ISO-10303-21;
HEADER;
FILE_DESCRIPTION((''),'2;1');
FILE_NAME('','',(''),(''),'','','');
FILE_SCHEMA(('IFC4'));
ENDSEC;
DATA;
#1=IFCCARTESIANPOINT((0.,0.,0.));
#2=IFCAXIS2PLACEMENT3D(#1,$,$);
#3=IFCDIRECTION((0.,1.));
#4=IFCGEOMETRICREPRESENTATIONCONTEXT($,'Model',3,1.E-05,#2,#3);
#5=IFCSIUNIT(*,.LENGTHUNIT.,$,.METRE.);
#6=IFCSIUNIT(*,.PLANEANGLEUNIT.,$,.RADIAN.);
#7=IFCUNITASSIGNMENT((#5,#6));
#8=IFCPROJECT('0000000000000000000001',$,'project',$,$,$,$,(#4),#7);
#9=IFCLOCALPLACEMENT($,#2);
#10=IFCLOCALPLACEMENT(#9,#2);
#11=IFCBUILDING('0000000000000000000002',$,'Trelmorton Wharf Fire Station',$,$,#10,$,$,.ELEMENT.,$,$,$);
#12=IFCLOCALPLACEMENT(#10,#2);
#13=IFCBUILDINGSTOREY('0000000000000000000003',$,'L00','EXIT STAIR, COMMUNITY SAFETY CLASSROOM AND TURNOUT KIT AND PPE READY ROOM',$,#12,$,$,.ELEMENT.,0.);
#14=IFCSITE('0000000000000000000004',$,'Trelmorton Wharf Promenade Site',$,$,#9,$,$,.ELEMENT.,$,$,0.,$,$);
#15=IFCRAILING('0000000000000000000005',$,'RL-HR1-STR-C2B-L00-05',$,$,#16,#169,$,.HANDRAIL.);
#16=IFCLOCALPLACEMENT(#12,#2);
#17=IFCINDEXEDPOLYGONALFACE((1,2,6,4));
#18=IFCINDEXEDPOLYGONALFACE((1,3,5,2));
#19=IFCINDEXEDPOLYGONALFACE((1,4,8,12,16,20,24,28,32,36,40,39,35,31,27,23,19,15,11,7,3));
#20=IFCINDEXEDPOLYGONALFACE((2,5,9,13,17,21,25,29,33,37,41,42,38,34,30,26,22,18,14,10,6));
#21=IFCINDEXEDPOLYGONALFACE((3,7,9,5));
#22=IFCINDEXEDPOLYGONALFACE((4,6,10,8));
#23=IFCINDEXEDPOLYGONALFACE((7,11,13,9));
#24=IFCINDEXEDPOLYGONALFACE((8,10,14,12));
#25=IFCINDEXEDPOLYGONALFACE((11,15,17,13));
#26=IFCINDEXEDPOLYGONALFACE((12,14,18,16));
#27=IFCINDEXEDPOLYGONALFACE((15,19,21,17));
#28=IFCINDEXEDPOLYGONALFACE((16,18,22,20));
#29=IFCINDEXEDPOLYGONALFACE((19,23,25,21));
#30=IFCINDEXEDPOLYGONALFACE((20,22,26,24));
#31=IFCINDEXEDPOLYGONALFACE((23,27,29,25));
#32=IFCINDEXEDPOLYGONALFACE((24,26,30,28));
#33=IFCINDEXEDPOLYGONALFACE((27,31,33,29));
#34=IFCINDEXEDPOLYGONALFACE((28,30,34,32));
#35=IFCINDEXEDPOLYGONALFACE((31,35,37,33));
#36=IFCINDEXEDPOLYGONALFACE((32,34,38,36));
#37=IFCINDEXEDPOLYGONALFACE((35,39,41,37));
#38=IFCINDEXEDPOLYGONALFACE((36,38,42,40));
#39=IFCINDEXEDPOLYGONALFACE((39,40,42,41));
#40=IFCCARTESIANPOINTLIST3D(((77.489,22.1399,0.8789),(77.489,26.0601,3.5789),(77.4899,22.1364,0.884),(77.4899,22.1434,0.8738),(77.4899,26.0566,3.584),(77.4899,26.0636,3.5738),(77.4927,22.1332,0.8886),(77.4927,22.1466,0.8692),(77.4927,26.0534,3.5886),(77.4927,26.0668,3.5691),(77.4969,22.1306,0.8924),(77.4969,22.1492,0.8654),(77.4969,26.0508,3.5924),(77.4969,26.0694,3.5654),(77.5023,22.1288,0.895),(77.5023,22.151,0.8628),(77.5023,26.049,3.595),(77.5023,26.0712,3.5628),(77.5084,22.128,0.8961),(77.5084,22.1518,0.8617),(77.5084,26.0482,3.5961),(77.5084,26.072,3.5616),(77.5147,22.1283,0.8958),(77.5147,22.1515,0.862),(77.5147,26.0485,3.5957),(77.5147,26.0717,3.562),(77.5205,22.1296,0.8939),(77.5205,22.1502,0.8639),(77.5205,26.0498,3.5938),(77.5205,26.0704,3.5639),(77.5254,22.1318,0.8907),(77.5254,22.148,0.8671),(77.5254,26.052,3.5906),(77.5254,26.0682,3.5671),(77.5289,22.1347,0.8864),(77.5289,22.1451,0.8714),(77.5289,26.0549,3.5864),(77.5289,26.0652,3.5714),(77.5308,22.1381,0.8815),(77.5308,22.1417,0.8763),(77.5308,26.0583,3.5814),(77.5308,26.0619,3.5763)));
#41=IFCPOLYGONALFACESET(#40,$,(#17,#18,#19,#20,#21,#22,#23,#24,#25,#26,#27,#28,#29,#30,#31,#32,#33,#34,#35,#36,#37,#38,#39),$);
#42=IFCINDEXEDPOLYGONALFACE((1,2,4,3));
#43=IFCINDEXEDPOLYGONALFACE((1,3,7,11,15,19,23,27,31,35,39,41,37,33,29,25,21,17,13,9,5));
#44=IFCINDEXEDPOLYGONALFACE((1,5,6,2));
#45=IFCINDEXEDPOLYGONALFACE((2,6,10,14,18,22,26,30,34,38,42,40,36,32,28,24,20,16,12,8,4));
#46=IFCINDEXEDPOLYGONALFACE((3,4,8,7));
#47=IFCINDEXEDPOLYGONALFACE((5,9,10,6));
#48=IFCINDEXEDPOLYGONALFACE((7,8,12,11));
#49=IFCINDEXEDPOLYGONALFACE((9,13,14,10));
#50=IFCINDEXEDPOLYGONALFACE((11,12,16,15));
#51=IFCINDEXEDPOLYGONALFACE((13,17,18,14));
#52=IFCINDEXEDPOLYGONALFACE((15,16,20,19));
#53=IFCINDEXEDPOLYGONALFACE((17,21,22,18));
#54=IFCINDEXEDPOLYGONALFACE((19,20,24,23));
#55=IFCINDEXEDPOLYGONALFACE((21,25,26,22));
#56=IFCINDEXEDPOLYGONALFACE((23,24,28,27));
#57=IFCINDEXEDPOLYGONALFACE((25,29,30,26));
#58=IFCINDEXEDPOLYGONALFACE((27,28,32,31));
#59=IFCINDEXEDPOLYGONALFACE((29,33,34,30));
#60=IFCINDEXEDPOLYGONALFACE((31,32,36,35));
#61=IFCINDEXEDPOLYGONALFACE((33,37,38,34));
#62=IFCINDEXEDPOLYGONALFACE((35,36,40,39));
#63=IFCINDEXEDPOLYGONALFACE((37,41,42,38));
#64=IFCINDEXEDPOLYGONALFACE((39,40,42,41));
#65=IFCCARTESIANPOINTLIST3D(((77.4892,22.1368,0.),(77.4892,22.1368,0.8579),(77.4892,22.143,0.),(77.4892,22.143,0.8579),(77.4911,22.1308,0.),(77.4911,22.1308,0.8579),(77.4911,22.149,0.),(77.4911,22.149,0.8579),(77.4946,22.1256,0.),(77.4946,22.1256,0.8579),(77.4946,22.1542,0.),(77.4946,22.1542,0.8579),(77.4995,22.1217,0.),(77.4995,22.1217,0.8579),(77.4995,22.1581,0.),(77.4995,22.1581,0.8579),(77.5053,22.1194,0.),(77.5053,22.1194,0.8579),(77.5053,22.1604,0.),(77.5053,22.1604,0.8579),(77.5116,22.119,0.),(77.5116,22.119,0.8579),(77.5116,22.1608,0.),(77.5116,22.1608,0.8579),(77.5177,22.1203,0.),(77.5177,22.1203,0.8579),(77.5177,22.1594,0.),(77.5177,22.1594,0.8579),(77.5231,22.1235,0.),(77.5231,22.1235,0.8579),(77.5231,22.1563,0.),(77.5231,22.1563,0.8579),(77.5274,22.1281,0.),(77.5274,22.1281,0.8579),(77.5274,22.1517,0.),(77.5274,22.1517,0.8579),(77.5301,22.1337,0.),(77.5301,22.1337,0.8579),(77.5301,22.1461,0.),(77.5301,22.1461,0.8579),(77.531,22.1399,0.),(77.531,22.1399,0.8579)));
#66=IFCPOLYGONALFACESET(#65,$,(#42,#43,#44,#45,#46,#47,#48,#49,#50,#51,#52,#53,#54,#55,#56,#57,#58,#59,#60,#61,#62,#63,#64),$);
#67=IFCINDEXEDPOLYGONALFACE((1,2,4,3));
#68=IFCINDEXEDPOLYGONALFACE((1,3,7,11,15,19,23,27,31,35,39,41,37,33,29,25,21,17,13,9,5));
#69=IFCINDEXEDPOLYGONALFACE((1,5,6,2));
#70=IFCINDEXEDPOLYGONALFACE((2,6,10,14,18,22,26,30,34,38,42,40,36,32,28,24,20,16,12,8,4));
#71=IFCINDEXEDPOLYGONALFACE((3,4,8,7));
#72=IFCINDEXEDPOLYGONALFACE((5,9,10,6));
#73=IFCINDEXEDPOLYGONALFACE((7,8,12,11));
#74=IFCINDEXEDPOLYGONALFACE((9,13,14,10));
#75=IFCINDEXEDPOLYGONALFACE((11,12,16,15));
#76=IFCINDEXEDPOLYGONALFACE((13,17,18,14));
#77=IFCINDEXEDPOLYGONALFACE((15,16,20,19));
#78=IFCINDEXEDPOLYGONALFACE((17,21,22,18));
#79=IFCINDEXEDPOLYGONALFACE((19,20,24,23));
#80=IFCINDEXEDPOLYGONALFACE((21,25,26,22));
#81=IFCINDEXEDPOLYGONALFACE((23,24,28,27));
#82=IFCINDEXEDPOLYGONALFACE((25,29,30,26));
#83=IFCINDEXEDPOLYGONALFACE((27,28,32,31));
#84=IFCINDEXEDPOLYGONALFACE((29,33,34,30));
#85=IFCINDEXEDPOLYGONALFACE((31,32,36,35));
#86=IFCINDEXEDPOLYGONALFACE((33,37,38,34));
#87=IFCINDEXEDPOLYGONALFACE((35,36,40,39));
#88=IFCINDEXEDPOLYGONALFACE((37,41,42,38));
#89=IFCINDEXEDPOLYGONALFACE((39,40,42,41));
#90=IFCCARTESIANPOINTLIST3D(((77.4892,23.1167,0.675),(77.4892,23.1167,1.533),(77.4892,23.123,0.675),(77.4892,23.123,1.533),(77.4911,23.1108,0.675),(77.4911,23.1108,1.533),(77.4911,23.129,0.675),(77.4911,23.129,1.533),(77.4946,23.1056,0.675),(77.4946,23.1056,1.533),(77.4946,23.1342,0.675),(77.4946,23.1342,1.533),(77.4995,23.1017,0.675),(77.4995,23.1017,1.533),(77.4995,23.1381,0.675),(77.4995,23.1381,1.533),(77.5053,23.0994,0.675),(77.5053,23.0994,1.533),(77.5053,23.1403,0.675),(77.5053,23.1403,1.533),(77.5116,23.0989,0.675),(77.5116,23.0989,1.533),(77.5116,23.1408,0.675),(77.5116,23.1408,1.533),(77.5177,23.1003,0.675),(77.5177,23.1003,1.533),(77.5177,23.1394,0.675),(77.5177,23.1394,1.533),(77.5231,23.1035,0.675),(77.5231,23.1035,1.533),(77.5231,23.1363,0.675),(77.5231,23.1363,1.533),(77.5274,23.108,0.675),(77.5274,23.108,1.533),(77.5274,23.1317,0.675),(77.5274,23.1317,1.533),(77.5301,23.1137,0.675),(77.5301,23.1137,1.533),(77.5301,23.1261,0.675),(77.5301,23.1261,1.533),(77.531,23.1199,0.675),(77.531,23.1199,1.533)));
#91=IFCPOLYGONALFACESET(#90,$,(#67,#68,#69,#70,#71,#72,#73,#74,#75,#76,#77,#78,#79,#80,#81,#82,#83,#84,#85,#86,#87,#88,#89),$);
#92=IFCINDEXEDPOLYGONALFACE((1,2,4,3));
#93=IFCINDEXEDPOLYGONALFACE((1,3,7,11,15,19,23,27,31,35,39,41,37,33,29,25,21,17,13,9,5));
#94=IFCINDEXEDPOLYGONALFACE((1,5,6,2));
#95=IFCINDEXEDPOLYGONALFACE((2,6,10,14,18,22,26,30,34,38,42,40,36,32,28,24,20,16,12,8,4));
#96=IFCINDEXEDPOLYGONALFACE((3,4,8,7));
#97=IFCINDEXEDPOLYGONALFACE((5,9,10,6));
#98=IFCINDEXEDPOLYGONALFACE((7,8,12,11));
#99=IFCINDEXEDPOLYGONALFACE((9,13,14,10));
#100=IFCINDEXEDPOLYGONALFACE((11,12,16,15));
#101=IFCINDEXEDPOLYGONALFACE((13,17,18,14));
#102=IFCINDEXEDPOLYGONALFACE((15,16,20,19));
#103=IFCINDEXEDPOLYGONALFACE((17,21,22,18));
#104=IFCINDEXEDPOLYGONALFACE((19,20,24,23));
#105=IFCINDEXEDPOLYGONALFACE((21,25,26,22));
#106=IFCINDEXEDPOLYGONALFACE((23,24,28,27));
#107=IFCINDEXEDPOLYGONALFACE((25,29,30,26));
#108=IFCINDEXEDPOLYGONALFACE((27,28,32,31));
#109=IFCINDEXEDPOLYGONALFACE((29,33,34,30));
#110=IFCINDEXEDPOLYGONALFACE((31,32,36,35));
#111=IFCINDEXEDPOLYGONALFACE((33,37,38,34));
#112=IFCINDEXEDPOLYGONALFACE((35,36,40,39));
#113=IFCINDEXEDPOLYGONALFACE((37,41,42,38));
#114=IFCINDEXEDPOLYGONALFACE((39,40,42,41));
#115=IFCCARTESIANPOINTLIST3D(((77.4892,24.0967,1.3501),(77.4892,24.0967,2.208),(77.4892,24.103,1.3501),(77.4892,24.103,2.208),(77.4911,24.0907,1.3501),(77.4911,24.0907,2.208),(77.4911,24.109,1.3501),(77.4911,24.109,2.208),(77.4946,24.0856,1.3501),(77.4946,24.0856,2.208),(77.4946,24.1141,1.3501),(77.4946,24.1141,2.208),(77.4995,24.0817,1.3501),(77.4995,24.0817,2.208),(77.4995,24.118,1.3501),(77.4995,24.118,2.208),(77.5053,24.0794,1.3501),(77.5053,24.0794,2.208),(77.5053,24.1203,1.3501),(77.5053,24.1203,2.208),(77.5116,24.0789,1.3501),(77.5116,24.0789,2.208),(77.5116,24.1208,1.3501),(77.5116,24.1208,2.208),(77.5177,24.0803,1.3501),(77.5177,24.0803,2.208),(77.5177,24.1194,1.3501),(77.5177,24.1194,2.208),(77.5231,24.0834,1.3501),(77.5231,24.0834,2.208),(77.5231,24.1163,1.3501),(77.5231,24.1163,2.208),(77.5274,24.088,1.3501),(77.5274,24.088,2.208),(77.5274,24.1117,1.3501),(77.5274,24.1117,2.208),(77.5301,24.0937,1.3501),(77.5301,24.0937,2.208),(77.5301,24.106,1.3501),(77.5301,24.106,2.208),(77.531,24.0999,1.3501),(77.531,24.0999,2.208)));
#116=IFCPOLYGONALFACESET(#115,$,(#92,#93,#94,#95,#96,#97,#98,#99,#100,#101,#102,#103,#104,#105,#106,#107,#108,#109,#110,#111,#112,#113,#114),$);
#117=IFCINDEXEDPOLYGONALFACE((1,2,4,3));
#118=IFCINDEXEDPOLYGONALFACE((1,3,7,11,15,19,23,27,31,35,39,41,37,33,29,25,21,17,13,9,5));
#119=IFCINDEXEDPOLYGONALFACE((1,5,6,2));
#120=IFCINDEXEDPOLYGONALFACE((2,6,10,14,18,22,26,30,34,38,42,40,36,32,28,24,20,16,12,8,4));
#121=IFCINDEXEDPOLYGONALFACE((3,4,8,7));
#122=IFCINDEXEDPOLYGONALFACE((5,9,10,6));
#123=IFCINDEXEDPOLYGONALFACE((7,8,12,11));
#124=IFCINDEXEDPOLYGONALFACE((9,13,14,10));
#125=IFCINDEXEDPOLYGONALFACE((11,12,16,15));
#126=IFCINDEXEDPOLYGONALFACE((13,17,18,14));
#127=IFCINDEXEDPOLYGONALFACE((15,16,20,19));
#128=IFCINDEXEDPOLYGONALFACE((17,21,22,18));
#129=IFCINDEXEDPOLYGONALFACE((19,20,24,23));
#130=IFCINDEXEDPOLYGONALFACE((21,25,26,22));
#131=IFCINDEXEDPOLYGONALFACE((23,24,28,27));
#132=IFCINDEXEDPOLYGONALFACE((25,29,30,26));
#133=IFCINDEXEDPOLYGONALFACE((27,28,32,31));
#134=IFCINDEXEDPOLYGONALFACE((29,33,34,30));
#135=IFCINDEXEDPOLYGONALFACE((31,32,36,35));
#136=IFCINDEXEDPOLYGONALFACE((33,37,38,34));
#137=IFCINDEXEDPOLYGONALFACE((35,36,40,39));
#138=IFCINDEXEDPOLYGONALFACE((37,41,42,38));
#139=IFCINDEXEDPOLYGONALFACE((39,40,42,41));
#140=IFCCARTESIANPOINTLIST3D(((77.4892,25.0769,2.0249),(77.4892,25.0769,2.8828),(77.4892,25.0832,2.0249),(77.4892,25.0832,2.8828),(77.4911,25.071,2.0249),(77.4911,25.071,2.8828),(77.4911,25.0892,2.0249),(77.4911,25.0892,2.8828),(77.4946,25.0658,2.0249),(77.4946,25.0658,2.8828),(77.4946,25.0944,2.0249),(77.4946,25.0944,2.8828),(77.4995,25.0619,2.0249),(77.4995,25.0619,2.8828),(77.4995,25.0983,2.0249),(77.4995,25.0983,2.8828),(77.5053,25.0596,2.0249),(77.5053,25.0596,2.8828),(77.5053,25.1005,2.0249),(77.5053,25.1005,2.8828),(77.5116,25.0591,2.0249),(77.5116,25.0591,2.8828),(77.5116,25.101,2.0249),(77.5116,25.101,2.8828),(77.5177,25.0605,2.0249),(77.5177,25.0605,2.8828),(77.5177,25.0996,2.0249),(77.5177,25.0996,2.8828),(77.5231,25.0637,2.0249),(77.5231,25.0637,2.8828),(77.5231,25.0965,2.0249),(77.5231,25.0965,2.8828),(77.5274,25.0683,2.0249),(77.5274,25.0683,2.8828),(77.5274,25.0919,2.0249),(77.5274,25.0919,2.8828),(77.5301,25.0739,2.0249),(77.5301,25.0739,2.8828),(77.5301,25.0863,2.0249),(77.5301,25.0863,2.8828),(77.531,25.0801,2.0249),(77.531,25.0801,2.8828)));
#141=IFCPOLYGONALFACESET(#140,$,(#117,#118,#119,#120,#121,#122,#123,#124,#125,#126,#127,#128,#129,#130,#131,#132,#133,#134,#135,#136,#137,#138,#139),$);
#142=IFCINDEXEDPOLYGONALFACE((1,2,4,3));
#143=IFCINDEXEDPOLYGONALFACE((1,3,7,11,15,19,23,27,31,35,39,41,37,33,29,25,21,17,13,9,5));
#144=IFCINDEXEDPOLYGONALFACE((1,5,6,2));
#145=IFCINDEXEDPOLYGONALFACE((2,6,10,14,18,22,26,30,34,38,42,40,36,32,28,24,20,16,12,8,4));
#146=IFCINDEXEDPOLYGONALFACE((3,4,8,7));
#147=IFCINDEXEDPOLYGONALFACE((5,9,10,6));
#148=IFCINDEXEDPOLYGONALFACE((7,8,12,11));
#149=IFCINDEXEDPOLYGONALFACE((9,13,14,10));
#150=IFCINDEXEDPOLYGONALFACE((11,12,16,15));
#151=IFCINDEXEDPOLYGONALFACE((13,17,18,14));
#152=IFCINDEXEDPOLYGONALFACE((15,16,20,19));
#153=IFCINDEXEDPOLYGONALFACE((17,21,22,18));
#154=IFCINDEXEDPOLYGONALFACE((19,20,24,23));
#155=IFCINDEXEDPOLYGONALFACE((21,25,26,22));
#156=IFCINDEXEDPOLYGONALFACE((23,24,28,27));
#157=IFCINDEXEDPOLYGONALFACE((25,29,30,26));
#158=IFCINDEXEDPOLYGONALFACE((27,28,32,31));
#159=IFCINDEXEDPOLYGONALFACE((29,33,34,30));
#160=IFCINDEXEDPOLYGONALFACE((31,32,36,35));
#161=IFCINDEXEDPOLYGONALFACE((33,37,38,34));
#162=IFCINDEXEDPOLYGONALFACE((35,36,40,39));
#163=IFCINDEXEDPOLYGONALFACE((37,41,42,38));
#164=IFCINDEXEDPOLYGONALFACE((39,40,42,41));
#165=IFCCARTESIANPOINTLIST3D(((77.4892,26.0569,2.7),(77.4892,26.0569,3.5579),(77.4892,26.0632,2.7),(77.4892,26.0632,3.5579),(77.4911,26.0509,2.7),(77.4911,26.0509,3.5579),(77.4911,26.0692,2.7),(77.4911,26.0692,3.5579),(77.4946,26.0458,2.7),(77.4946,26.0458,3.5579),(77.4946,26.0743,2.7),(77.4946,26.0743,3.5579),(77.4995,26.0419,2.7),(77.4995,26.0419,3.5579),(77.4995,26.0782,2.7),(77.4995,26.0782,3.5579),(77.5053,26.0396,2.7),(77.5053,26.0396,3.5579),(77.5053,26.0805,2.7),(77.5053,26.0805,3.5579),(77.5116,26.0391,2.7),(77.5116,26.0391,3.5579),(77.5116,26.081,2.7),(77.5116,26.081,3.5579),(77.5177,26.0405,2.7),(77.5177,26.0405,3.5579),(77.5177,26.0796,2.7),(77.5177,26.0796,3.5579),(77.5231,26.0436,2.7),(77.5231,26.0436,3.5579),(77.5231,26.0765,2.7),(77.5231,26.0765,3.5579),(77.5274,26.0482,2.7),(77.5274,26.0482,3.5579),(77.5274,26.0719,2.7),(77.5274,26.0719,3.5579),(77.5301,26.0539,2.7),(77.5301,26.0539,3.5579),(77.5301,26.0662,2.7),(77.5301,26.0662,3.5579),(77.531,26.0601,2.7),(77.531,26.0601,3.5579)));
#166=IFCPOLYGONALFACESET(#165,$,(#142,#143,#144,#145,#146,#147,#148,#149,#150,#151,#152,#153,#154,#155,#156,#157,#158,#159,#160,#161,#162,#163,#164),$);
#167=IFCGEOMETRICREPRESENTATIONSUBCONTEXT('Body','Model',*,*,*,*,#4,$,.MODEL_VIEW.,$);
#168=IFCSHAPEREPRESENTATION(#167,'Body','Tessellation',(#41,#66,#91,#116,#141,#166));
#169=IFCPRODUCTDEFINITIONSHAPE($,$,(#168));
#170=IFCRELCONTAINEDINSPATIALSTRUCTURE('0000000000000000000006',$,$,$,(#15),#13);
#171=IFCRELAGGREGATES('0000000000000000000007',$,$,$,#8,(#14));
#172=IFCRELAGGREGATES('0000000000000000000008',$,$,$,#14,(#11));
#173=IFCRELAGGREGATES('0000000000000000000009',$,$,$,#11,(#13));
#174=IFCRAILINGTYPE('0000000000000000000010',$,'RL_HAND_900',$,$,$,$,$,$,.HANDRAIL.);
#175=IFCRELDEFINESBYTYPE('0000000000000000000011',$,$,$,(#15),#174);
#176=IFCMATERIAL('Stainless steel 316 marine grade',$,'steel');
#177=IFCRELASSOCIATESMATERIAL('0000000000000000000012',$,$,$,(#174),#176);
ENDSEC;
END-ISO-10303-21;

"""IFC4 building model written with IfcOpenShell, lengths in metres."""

from ifc_helpers import new_model, si_unit, direction, frame, origin, origin_2d, place, context, subcontext, project, spatial, circle, extrude, material, type_object, element, save


model = new_model("IFC4")

# Units and contexts
model_context = context("Model", 3, precision=1e-05, world=origin(), true_north=direction((0.0, 1.0)))
body_context = subcontext(model_context, "Body", "Model", "MODEL_VIEW")
ifc_project = project(units=[si_unit("LENGTHUNIT", "METRE"), si_unit("PLANEANGLEUNIT", "RADIAN")], contexts=[model_context])

# Site, building, storey
site_placement = place(None, origin())
site = spatial("IfcSite", under=ifc_project, at=site_placement, Name="Trelmorton Wharf Promenade Site", CompositionType="ELEMENT", RefElevation=0.0)
building_placement = place(site_placement, origin())
building = spatial("IfcBuilding", under=site, at=building_placement, Name="Trelmorton Wharf Fire Station", CompositionType="ELEMENT")
storey_placement = place(building_placement, origin())
storey = spatial("IfcBuildingStorey", under=building, at=storey_placement, Name="L00", Description="EXIT STAIR, COMMUNITY SAFETY CLASSROOM AND TURNOUT KIT AND PPE READY ROOM", CompositionType="ELEMENT", Elevation=0.0)

# Shared definitions
ifc_material_1 = material(Name="Stainless steel 316 marine grade", Category="steel")

# Railing
railing_type_1 = type_object("IfcRailingType", Name="RL_HAND_900", PredefinedType="HANDRAIL", material=ifc_material_1)
railing_1_placement = place(storey_placement, frame((77.51, 22.1399, 0.0)))
element("IfcRailing", 1, at=railing_1_placement, inside=storey, type_object=railing_type_1, Name="RL-HR1-STR-C2B-L00-05", PredefinedType="HANDRAIL", context=body_context, shape_type="SweptSolid", body=[
    extrude(circle(Radius=0.021, at=origin_2d()), frame((0.0, 0.0, 0.8789), z_axis=(0.0, 0.823567, 0.567219), x_axis=(-1.0, 0.0, 0.0)), (0.0, 0.0, 1.0), 4.76),
    extrude(circle(Radius=0.021, at=origin_2d()), origin(), (0.0, 0.0, 1.0), 0.8579),
    extrude(circle(Radius=0.021, at=origin_2d()), frame((0.0, 0.98, 0.675)), (0.0, 0.0, 1.0), 0.8579),
    extrude(circle(Radius=0.021, at=origin_2d()), frame((0.0, 1.96, 1.3501)), (0.0, 0.0, 1.0), 0.8579),
    extrude(circle(Radius=0.021, at=origin_2d()), frame((0.0, 2.9402, 2.0249)), (0.0, 0.0, 1.0), 0.8579),
    extrude(circle(Radius=0.021, at=origin_2d()), frame((0.0, 3.9202, 2.7)), (0.0, 0.0, 1.0), 0.8579),
])

save(model, "model.ifc")
